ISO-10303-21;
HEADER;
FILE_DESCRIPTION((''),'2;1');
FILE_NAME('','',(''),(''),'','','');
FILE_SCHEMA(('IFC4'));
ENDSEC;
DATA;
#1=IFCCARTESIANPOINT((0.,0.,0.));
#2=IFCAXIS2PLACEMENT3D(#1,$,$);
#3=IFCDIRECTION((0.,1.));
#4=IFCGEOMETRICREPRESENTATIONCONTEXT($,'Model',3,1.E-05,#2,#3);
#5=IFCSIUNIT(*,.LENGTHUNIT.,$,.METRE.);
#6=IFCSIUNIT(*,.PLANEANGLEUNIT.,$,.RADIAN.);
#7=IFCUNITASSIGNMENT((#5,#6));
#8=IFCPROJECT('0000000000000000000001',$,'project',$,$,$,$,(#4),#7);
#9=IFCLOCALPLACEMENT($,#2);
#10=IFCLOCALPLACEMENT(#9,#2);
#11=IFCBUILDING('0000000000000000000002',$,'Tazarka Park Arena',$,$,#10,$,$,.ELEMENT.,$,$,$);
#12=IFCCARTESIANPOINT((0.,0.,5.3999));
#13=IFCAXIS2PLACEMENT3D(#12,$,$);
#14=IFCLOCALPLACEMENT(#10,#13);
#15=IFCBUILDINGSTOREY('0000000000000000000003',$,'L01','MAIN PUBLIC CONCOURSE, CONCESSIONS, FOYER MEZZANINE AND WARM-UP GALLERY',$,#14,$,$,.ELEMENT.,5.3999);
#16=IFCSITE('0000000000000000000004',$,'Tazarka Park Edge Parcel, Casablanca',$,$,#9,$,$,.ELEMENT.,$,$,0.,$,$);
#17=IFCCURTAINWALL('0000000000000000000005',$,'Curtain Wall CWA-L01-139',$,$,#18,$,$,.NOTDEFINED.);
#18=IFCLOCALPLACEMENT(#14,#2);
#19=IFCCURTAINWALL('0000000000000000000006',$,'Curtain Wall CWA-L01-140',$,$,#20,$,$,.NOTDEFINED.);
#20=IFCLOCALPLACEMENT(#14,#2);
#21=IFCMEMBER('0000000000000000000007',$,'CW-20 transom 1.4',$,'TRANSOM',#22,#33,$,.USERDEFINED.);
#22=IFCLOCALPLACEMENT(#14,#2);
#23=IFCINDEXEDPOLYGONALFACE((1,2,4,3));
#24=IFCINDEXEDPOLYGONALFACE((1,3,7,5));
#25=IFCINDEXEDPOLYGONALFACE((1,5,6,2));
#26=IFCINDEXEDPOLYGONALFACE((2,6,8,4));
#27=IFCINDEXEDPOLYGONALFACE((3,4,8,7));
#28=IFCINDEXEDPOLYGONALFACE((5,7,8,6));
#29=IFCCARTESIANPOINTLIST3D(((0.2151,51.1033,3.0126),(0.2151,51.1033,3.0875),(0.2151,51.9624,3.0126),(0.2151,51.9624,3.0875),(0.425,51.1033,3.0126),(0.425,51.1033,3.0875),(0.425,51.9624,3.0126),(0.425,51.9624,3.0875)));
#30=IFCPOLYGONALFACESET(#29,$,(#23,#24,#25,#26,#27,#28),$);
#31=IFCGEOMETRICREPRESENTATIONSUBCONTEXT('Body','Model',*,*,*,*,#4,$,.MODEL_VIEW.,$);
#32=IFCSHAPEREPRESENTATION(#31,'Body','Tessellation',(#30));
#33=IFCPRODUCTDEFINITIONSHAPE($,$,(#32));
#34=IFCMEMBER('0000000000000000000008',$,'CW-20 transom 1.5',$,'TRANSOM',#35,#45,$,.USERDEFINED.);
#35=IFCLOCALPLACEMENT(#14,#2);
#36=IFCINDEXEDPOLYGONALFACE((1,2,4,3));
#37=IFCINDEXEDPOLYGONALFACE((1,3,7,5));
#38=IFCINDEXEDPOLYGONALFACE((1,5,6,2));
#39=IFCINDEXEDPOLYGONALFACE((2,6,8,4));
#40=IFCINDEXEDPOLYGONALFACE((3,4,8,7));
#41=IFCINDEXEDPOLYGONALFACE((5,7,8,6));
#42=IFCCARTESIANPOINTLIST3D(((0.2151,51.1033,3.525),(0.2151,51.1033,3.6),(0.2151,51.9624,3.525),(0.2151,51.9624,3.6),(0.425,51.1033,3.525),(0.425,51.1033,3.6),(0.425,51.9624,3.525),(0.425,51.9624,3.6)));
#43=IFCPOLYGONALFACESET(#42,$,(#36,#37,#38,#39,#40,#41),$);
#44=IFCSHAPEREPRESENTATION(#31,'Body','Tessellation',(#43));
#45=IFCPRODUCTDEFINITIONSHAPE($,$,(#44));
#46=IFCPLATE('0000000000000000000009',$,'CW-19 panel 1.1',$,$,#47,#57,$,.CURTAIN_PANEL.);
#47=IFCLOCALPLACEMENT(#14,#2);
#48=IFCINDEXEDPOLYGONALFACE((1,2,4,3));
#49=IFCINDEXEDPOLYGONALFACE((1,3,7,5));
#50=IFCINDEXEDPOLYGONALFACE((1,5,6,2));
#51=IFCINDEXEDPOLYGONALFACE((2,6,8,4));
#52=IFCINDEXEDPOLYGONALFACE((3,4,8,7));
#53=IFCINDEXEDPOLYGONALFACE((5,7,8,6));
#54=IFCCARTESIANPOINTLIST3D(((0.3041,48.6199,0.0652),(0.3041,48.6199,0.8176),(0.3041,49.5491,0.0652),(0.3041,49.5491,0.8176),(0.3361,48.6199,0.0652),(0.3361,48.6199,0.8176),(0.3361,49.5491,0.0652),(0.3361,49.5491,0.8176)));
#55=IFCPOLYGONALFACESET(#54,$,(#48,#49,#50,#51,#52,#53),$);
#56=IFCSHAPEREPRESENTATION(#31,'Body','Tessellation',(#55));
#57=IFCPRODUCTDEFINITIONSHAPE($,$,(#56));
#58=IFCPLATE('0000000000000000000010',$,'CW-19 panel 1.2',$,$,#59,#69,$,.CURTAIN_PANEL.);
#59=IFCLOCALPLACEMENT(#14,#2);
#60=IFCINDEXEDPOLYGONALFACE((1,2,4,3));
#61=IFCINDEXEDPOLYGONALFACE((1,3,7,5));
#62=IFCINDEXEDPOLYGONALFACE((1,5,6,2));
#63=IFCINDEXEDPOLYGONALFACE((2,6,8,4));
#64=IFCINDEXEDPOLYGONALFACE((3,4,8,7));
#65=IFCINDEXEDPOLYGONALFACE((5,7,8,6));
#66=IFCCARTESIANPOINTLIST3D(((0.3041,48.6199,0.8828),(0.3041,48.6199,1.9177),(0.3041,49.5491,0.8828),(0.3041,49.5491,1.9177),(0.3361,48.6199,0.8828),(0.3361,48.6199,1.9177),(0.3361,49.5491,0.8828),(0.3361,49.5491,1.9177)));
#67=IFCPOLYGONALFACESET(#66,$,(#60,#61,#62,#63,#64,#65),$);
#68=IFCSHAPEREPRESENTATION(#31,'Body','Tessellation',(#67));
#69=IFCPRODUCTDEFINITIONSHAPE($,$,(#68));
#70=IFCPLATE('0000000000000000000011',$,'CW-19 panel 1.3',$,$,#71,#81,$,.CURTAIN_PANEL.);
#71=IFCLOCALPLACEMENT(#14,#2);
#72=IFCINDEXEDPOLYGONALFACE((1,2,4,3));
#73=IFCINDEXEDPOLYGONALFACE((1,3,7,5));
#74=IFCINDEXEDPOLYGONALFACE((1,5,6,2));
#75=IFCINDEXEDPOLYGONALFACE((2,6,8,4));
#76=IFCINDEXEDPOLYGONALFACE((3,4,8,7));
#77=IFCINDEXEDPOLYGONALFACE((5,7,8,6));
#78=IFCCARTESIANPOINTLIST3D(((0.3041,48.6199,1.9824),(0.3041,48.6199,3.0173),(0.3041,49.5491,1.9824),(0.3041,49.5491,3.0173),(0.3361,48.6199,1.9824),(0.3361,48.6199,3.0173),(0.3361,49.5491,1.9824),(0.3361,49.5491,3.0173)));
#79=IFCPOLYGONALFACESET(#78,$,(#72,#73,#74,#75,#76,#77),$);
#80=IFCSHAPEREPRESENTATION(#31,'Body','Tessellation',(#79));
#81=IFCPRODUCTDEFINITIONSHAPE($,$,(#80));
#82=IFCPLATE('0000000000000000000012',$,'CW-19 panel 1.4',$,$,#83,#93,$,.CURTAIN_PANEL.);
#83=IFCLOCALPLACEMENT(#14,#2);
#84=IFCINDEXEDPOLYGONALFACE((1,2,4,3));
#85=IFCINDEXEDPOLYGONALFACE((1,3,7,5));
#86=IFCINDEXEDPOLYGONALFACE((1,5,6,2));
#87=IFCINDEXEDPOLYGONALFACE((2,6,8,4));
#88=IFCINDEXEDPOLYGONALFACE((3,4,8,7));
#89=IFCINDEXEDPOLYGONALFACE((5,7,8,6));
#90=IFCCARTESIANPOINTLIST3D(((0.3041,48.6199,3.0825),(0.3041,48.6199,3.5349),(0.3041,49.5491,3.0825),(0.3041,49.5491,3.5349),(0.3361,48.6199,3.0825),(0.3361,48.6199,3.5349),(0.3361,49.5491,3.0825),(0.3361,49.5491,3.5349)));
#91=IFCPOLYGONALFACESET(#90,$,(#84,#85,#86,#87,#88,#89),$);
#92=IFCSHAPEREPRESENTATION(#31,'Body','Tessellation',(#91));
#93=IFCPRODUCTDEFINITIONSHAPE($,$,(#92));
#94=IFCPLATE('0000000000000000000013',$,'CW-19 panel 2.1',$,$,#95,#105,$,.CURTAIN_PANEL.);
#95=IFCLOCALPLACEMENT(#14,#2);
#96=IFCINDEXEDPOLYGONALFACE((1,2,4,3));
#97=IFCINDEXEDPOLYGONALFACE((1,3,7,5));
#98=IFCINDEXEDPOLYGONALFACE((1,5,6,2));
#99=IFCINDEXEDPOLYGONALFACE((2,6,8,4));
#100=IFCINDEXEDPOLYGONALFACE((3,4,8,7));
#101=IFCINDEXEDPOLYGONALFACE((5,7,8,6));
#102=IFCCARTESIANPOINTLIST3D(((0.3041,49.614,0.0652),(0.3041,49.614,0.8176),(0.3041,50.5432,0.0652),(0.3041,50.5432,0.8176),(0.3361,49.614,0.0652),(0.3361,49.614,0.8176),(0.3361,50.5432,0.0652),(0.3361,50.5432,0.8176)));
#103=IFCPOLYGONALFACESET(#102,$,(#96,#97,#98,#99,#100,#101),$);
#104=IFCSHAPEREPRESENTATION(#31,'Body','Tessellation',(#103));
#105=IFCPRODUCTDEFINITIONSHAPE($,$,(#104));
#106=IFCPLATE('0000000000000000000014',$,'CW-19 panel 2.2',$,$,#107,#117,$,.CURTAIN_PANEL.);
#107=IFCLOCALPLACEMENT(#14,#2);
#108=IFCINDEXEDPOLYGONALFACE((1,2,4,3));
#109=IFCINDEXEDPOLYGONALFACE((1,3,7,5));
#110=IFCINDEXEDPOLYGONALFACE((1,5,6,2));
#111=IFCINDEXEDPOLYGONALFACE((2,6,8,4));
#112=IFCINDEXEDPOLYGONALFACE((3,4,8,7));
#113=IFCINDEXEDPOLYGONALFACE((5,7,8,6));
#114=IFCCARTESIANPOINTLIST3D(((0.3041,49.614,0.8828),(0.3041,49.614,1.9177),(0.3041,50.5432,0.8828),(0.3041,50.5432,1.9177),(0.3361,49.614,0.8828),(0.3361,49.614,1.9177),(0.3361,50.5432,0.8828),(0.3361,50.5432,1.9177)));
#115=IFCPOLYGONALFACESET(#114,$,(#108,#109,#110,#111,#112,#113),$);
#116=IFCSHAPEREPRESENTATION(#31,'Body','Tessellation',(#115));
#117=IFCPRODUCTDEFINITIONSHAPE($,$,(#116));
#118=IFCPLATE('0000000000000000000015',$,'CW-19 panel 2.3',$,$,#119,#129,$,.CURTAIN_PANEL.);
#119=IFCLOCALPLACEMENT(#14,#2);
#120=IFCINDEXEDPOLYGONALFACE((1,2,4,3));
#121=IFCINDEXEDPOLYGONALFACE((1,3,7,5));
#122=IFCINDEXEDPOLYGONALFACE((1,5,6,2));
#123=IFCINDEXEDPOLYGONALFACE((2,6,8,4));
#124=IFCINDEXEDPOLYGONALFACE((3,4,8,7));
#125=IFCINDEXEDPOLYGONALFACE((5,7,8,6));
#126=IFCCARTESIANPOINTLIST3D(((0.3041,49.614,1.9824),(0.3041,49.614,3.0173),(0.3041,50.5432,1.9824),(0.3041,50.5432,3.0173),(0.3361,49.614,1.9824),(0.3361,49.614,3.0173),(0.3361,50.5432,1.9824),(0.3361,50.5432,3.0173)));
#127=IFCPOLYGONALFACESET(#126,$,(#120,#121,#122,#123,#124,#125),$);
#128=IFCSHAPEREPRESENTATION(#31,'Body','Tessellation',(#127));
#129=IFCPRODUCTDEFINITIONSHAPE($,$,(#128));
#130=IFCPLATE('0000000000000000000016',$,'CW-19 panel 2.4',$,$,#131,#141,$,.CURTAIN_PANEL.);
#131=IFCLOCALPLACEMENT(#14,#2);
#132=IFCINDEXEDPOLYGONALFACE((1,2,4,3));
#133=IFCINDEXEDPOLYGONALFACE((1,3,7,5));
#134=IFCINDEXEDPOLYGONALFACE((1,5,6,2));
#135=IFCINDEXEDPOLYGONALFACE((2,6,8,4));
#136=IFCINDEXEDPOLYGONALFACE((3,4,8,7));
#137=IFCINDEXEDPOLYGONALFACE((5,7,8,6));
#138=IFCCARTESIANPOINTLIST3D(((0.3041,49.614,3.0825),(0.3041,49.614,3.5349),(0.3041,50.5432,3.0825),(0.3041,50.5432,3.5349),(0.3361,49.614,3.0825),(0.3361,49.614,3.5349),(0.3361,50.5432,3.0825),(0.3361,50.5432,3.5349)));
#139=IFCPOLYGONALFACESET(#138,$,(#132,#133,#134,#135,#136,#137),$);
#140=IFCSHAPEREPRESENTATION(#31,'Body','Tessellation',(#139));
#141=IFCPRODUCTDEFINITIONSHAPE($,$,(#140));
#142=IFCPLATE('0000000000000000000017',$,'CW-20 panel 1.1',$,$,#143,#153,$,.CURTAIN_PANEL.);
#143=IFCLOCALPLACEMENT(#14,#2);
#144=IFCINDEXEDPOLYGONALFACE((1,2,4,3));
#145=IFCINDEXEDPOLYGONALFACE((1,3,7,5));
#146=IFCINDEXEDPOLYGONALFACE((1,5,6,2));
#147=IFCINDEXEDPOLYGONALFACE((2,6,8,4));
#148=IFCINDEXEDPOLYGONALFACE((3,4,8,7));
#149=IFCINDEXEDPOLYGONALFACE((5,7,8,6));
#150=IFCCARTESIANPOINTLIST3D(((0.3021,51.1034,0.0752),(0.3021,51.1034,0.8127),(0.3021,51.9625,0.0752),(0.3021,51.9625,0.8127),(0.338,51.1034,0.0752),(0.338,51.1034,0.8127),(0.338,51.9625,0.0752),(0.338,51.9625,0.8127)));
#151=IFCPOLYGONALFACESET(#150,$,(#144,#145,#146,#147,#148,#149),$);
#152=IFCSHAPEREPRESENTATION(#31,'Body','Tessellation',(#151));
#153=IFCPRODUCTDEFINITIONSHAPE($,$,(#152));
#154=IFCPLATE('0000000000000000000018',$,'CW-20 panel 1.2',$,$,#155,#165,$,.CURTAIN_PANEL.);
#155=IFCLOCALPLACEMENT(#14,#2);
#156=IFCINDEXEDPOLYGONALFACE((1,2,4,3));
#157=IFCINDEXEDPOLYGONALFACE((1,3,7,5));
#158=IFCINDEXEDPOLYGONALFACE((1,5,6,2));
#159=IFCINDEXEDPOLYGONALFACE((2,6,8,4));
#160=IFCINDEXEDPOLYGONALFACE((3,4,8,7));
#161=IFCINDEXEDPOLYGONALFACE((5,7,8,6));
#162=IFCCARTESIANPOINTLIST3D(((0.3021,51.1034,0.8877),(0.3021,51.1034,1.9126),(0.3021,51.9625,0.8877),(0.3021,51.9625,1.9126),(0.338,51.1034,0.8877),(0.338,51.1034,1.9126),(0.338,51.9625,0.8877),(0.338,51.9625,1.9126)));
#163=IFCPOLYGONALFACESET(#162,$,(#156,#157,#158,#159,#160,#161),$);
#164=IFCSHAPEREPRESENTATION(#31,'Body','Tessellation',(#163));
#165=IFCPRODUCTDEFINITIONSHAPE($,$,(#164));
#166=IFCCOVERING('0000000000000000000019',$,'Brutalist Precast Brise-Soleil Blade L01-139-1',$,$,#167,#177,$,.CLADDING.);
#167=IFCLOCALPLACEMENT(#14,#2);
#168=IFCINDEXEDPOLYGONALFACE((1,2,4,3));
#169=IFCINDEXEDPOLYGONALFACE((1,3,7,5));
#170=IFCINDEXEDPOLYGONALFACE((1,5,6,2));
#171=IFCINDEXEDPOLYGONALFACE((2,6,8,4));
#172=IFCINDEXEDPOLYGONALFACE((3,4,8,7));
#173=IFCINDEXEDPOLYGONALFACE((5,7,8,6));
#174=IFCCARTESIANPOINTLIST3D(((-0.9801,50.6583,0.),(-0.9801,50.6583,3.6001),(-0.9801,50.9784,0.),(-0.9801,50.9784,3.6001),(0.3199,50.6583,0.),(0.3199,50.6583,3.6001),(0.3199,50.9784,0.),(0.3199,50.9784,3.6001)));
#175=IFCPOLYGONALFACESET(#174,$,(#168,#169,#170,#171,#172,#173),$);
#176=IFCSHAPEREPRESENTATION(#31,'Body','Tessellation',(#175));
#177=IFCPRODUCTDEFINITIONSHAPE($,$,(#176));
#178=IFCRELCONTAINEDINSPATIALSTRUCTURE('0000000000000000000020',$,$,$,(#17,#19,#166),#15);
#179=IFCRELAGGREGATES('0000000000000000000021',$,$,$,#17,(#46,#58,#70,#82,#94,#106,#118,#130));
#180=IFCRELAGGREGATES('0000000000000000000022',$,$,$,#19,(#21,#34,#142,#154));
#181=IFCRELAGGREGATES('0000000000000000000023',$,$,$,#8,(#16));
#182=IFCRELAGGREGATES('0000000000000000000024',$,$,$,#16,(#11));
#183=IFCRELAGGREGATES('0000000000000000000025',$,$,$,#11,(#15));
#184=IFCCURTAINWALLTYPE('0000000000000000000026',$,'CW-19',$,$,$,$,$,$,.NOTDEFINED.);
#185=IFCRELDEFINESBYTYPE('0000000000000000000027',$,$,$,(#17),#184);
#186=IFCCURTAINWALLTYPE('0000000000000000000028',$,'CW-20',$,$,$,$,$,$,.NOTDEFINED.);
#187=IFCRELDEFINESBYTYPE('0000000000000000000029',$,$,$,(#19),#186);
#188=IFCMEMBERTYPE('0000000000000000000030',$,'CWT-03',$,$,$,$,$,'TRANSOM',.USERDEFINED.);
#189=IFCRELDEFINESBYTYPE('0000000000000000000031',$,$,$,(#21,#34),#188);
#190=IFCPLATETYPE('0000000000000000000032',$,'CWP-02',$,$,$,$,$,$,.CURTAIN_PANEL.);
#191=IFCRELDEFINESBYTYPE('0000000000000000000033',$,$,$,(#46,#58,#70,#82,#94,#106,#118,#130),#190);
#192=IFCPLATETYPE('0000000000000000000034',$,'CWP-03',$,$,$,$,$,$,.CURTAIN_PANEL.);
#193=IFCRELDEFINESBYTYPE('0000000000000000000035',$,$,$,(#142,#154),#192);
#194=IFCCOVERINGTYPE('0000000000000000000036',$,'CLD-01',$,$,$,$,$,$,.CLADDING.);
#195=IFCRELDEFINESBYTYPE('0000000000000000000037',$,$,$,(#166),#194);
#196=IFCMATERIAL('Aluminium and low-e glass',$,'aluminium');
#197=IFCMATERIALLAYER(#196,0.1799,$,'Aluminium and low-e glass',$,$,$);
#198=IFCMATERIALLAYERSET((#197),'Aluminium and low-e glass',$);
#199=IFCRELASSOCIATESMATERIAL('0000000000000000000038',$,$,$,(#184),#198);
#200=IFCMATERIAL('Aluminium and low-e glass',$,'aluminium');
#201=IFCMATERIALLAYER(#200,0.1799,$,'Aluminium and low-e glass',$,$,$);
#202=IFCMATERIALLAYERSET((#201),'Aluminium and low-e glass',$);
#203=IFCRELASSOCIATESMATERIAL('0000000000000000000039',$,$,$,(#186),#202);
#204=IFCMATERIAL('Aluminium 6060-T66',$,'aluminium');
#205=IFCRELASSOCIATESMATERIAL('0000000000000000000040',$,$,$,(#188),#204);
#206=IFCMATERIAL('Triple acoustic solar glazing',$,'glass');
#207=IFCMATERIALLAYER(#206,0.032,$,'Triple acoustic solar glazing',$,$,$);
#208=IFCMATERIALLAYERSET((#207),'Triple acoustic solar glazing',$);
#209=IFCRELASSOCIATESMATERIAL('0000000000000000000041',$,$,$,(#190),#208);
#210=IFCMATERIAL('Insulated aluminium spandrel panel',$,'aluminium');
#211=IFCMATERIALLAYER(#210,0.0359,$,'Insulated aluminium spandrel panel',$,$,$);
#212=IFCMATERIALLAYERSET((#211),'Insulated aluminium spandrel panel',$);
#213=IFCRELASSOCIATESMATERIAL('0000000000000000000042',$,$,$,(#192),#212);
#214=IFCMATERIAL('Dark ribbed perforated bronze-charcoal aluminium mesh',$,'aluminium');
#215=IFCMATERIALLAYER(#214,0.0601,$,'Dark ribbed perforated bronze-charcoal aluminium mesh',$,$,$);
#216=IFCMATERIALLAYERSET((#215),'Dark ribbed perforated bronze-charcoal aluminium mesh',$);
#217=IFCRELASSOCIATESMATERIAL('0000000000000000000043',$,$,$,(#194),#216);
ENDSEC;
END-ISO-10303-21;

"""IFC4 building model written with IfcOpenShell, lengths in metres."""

from ifc_helpers import new_model, si_unit, direction, frame, origin, origin_2d, place, context, subcontext, project, spatial, rectangle, extrude, material, layer, layer_set, material_profile, profile_set, type_object, element, aggregate, save


model = new_model("IFC4")

# Units and contexts
model_context = context("Model", 3, precision=1e-05, world=origin(), true_north=direction((0.0, 1.0)))
body_context = subcontext(model_context, "Body", "Model", "MODEL_VIEW")
ifc_project = project(units=[si_unit("LENGTHUNIT", "METRE"), si_unit("PLANEANGLEUNIT", "RADIAN")], contexts=[model_context])

# Site, building, storey
site_placement = place(None, origin())
site = spatial("IfcSite", under=ifc_project, at=site_placement, Name="Tazarka Park Edge Parcel, Casablanca", CompositionType="ELEMENT", RefElevation=0.0)
building_placement = place(site_placement, origin())
building = spatial("IfcBuilding", under=site, at=building_placement, Name="Tazarka Park Arena", CompositionType="ELEMENT")
storey_placement = place(building_placement, frame((0.0, 0.0, 5.3999)))
storey = spatial("IfcBuildingStorey", under=building, at=storey_placement, Name="L01", Description="MAIN PUBLIC CONCOURSE, CONCESSIONS, FOYER MEZZANINE AND WARM-UP GALLERY", CompositionType="ELEMENT", Elevation=5.3999)

# Curtain wall
ifc_material_1 = material(Name="Aluminium and low-e glass", Category="aluminium")
ifc_layer_1 = layer(ifc_material_1, 0.1799, Name="Aluminium and low-e glass")
ifc_layer_set_1 = layer_set([ifc_layer_1], Name="Aluminium and low-e glass")
curtain_wall_type_1 = type_object("IfcCurtainWallType", Name="CW-19", PredefinedType="NOTDEFINED", material=ifc_layer_set_1)
curtain_wall_1_placement = place(storey_placement, origin())
curtain_wall_1 = element("IfcCurtainWall", 1, at=curtain_wall_1_placement, inside=storey, type_object=curtain_wall_type_1, Name="Curtain Wall CWA-L01-139", PredefinedType="NOTDEFINED")

# Curtain wall
ifc_material_2 = material(Name="Aluminium and low-e glass", Category="aluminium")
ifc_layer_2 = layer(ifc_material_2, 0.1799, Name="Aluminium and low-e glass")
ifc_layer_set_2 = layer_set([ifc_layer_2], Name="Aluminium and low-e glass")
curtain_wall_type_2 = type_object("IfcCurtainWallType", Name="CW-20", PredefinedType="NOTDEFINED", material=ifc_layer_set_2)
curtain_wall_2_placement = place(storey_placement, origin())
curtain_wall_2 = element("IfcCurtainWall", 2, at=curtain_wall_2_placement, inside=storey, type_object=curtain_wall_type_2, Name="Curtain Wall CWA-L01-140", PredefinedType="NOTDEFINED")

# Members
ifc_material_3 = material(Name="Aluminium 6060-T66", Category="aluminium")
ifc_material_profile_1 = material_profile(ifc_material_3, rectangle(XDim=0.21, YDim=0.075, at=origin_2d()), Name="Aluminium 6060-T66")
ifc_profile_set_1 = profile_set([ifc_material_profile_1], Name="Aluminium 6060-T66")
member_type_1 = type_object("IfcMemberType", Name="CWT-03", ElementType="TRANSOM", PredefinedType="USERDEFINED", material=ifc_profile_set_1)
member_1_placement = place(storey_placement, frame((0.3201, 51.1033, 3.05), z_axis=(0.0, 1.0, 0.0), x_axis=(-1.0, 0.0, 0.0)))
member_1 = element("IfcMember", 3, at=member_1_placement, type_object=member_type_1, Name="CW-20 transom 1.4", ObjectType="TRANSOM", PredefinedType="USERDEFINED", context=body_context, shape_type="SweptSolid", body=[
    extrude(rectangle(XDim=0.21, YDim=0.075, at=origin_2d()), origin(), (0.0, 0.0, 1.0), 0.8591),
])
member_2_placement = place(storey_placement, frame((0.3201, 51.1033, 3.5625), z_axis=(0.0, 1.0, 0.0), x_axis=(-1.0, 0.0, 0.0)))
member_2 = element("IfcMember", 4, at=member_2_placement, type_object=member_type_1, Name="CW-20 transom 1.5", ObjectType="TRANSOM", PredefinedType="USERDEFINED", context=body_context, shape_type="SweptSolid", body=[
    extrude(rectangle(XDim=0.21, YDim=0.075, at=origin_2d()), origin(), (0.0, 0.0, 1.0), 0.8591),
])

# Plates
ifc_material_4 = material(Name="Triple acoustic solar glazing", Category="glass")
ifc_layer_3 = layer(ifc_material_4, 0.032, Name="Triple acoustic solar glazing")
ifc_layer_set_3 = layer_set([ifc_layer_3], Name="Triple acoustic solar glazing")
plate_type_1 = type_object("IfcPlateType", Name="CWP-02", PredefinedType="CURTAIN_PANEL", material=ifc_layer_set_3)
plate_1_placement = place(storey_placement, frame((0.3201, 49.0845, 0.0652), z_axis=(0.0, 0.0, 1.0), x_axis=(0.0, 1.0, 0.0)))
plate_1 = element("IfcPlate", 5, at=plate_1_placement, type_object=plate_type_1, Name="CW-19 panel 1.1", PredefinedType="CURTAIN_PANEL", context=body_context, shape_type="SweptSolid", body=[
    extrude(rectangle(XDim=0.9292, YDim=0.032, at=origin_2d()), origin(), (0.0, 0.0, 1.0), 0.7524),
])
plate_2_placement = place(storey_placement, frame((0.3201, 49.0845, 0.8828), z_axis=(0.0, 0.0, 1.0), x_axis=(0.0, 1.0, 0.0)))
plate_2 = element("IfcPlate", 6, at=plate_2_placement, type_object=plate_type_1, Name="CW-19 panel 1.2", PredefinedType="CURTAIN_PANEL", context=body_context, shape_type="SweptSolid", body=[
    extrude(rectangle(XDim=0.9292, YDim=0.032, at=origin_2d()), origin(), (0.0, 0.0, 1.0), 1.0349),
])
plate_3_placement = place(storey_placement, frame((0.3201, 49.0845, 1.9824), z_axis=(0.0, 0.0, 1.0), x_axis=(0.0, 1.0, 0.0)))
plate_3 = element("IfcPlate", 7, at=plate_3_placement, type_object=plate_type_1, Name="CW-19 panel 1.3", PredefinedType="CURTAIN_PANEL", context=body_context, shape_type="SweptSolid", body=[
    extrude(rectangle(XDim=0.9292, YDim=0.032, at=origin_2d()), origin(), (0.0, 0.0, 1.0), 1.0349),
])
plate_4_placement = place(storey_placement, frame((0.3201, 49.0845, 3.0825), z_axis=(0.0, 0.0, 1.0), x_axis=(0.0, 1.0, 0.0)))
plate_4 = element("IfcPlate", 8, at=plate_4_placement, type_object=plate_type_1, Name="CW-19 panel 1.4", PredefinedType="CURTAIN_PANEL", context=body_context, shape_type="SweptSolid", body=[
    extrude(rectangle(XDim=0.9292, YDim=0.032, at=origin_2d()), origin(), (0.0, 0.0, 1.0), 0.4524),
])
plate_5_placement = place(storey_placement, frame((0.3201, 50.0786, 0.0652), z_axis=(0.0, 0.0, 1.0), x_axis=(0.0, 1.0, 0.0)))
plate_5 = element("IfcPlate", 9, at=plate_5_placement, type_object=plate_type_1, Name="CW-19 panel 2.1", PredefinedType="CURTAIN_PANEL", context=body_context, shape_type="SweptSolid", body=[
    extrude(rectangle(XDim=0.9292, YDim=0.032, at=origin_2d()), origin(), (0.0, 0.0, 1.0), 0.7524),
])
plate_6_placement = place(storey_placement, frame((0.3201, 50.0786, 0.8828), z_axis=(0.0, 0.0, 1.0), x_axis=(0.0, 1.0, 0.0)))
plate_6 = element("IfcPlate", 10, at=plate_6_placement, type_object=plate_type_1, Name="CW-19 panel 2.2", PredefinedType="CURTAIN_PANEL", context=body_context, shape_type="SweptSolid", body=[
    extrude(rectangle(XDim=0.9292, YDim=0.032, at=origin_2d()), origin(), (0.0, 0.0, 1.0), 1.0349),
])
plate_7_placement = place(storey_placement, frame((0.3201, 50.0786, 1.9824), z_axis=(0.0, 0.0, 1.0), x_axis=(0.0, 1.0, 0.0)))
plate_7 = element("IfcPlate", 11, at=plate_7_placement, type_object=plate_type_1, Name="CW-19 panel 2.3", PredefinedType="CURTAIN_PANEL", context=body_context, shape_type="SweptSolid", body=[
    extrude(rectangle(XDim=0.9292, YDim=0.032, at=origin_2d()), origin(), (0.0, 0.0, 1.0), 1.0349),
])
plate_8_placement = place(storey_placement, frame((0.3201, 50.0786, 3.0825), z_axis=(0.0, 0.0, 1.0), x_axis=(0.0, 1.0, 0.0)))
plate_8 = element("IfcPlate", 12, at=plate_8_placement, type_object=plate_type_1, Name="CW-19 panel 2.4", PredefinedType="CURTAIN_PANEL", context=body_context, shape_type="SweptSolid", body=[
    extrude(rectangle(XDim=0.9292, YDim=0.032, at=origin_2d()), origin(), (0.0, 0.0, 1.0), 0.4524),
])
aggregate(curtain_wall_1, [plate_1, plate_2, plate_3, plate_4, plate_5, plate_6, plate_7, plate_8])
ifc_material_5 = material(Name="Insulated aluminium spandrel panel", Category="aluminium")
ifc_layer_4 = layer(ifc_material_5, 0.0359, Name="Insulated aluminium spandrel panel")
ifc_layer_set_4 = layer_set([ifc_layer_4], Name="Insulated aluminium spandrel panel")
plate_type_2 = type_object("IfcPlateType", Name="CWP-03", PredefinedType="CURTAIN_PANEL", material=ifc_layer_set_4)
plate_9_placement = place(storey_placement, frame((0.3201, 51.533, 0.0752), z_axis=(0.0, 0.0, 1.0), x_axis=(0.0, 1.0, 0.0)))
plate_9 = element("IfcPlate", 13, at=plate_9_placement, type_object=plate_type_2, Name="CW-20 panel 1.1", PredefinedType="CURTAIN_PANEL", context=body_context, shape_type="SweptSolid", body=[
    extrude(rectangle(XDim=0.8591, YDim=0.0359, at=origin_2d()), origin(), (0.0, 0.0, 1.0), 0.7375),
])
plate_10_placement = place(storey_placement, frame((0.3201, 51.533, 0.8877), z_axis=(0.0, 0.0, 1.0), x_axis=(0.0, 1.0, 0.0)))
plate_10 = element("IfcPlate", 14, at=plate_10_placement, type_object=plate_type_2, Name="CW-20 panel 1.2", PredefinedType="CURTAIN_PANEL", context=body_context, shape_type="SweptSolid", body=[
    extrude(rectangle(XDim=0.8591, YDim=0.0359, at=origin_2d()), origin(), (0.0, 0.0, 1.0), 1.0249),
])
aggregate(curtain_wall_2, [member_1, member_2, plate_9, plate_10])

# Covering
ifc_material_6 = material(Name="Dark ribbed perforated bronze-charcoal aluminium mesh", Category="aluminium")
ifc_layer_5 = layer(ifc_material_6, 0.0601, Name="Dark ribbed perforated bronze-charcoal aluminium mesh")
ifc_layer_set_5 = layer_set([ifc_layer_5], Name="Dark ribbed perforated bronze-charcoal aluminium mesh")
covering_type = type_object("IfcCoveringType", Name="CLD-01", PredefinedType="CLADDING", material=ifc_layer_set_5)
covering_placement = place(storey_placement, frame((-0.3301, 50.8184, 0.0), z_axis=(0.0, 0.0, 1.0), x_axis=(0.0, 1.0, 0.0)))
element("IfcCovering", 15, at=covering_placement, inside=storey, type_object=covering_type, Name="Brutalist Precast Brise-Soleil Blade L01-139-1", PredefinedType="CLADDING", context=body_context, shape_type="SweptSolid", body=[
    extrude(rectangle(XDim=0.3201, YDim=1.3, at=origin_2d()), origin(), (0.0, 0.0, 1.0), 3.6001),
])

save(model, "model.ifc")
